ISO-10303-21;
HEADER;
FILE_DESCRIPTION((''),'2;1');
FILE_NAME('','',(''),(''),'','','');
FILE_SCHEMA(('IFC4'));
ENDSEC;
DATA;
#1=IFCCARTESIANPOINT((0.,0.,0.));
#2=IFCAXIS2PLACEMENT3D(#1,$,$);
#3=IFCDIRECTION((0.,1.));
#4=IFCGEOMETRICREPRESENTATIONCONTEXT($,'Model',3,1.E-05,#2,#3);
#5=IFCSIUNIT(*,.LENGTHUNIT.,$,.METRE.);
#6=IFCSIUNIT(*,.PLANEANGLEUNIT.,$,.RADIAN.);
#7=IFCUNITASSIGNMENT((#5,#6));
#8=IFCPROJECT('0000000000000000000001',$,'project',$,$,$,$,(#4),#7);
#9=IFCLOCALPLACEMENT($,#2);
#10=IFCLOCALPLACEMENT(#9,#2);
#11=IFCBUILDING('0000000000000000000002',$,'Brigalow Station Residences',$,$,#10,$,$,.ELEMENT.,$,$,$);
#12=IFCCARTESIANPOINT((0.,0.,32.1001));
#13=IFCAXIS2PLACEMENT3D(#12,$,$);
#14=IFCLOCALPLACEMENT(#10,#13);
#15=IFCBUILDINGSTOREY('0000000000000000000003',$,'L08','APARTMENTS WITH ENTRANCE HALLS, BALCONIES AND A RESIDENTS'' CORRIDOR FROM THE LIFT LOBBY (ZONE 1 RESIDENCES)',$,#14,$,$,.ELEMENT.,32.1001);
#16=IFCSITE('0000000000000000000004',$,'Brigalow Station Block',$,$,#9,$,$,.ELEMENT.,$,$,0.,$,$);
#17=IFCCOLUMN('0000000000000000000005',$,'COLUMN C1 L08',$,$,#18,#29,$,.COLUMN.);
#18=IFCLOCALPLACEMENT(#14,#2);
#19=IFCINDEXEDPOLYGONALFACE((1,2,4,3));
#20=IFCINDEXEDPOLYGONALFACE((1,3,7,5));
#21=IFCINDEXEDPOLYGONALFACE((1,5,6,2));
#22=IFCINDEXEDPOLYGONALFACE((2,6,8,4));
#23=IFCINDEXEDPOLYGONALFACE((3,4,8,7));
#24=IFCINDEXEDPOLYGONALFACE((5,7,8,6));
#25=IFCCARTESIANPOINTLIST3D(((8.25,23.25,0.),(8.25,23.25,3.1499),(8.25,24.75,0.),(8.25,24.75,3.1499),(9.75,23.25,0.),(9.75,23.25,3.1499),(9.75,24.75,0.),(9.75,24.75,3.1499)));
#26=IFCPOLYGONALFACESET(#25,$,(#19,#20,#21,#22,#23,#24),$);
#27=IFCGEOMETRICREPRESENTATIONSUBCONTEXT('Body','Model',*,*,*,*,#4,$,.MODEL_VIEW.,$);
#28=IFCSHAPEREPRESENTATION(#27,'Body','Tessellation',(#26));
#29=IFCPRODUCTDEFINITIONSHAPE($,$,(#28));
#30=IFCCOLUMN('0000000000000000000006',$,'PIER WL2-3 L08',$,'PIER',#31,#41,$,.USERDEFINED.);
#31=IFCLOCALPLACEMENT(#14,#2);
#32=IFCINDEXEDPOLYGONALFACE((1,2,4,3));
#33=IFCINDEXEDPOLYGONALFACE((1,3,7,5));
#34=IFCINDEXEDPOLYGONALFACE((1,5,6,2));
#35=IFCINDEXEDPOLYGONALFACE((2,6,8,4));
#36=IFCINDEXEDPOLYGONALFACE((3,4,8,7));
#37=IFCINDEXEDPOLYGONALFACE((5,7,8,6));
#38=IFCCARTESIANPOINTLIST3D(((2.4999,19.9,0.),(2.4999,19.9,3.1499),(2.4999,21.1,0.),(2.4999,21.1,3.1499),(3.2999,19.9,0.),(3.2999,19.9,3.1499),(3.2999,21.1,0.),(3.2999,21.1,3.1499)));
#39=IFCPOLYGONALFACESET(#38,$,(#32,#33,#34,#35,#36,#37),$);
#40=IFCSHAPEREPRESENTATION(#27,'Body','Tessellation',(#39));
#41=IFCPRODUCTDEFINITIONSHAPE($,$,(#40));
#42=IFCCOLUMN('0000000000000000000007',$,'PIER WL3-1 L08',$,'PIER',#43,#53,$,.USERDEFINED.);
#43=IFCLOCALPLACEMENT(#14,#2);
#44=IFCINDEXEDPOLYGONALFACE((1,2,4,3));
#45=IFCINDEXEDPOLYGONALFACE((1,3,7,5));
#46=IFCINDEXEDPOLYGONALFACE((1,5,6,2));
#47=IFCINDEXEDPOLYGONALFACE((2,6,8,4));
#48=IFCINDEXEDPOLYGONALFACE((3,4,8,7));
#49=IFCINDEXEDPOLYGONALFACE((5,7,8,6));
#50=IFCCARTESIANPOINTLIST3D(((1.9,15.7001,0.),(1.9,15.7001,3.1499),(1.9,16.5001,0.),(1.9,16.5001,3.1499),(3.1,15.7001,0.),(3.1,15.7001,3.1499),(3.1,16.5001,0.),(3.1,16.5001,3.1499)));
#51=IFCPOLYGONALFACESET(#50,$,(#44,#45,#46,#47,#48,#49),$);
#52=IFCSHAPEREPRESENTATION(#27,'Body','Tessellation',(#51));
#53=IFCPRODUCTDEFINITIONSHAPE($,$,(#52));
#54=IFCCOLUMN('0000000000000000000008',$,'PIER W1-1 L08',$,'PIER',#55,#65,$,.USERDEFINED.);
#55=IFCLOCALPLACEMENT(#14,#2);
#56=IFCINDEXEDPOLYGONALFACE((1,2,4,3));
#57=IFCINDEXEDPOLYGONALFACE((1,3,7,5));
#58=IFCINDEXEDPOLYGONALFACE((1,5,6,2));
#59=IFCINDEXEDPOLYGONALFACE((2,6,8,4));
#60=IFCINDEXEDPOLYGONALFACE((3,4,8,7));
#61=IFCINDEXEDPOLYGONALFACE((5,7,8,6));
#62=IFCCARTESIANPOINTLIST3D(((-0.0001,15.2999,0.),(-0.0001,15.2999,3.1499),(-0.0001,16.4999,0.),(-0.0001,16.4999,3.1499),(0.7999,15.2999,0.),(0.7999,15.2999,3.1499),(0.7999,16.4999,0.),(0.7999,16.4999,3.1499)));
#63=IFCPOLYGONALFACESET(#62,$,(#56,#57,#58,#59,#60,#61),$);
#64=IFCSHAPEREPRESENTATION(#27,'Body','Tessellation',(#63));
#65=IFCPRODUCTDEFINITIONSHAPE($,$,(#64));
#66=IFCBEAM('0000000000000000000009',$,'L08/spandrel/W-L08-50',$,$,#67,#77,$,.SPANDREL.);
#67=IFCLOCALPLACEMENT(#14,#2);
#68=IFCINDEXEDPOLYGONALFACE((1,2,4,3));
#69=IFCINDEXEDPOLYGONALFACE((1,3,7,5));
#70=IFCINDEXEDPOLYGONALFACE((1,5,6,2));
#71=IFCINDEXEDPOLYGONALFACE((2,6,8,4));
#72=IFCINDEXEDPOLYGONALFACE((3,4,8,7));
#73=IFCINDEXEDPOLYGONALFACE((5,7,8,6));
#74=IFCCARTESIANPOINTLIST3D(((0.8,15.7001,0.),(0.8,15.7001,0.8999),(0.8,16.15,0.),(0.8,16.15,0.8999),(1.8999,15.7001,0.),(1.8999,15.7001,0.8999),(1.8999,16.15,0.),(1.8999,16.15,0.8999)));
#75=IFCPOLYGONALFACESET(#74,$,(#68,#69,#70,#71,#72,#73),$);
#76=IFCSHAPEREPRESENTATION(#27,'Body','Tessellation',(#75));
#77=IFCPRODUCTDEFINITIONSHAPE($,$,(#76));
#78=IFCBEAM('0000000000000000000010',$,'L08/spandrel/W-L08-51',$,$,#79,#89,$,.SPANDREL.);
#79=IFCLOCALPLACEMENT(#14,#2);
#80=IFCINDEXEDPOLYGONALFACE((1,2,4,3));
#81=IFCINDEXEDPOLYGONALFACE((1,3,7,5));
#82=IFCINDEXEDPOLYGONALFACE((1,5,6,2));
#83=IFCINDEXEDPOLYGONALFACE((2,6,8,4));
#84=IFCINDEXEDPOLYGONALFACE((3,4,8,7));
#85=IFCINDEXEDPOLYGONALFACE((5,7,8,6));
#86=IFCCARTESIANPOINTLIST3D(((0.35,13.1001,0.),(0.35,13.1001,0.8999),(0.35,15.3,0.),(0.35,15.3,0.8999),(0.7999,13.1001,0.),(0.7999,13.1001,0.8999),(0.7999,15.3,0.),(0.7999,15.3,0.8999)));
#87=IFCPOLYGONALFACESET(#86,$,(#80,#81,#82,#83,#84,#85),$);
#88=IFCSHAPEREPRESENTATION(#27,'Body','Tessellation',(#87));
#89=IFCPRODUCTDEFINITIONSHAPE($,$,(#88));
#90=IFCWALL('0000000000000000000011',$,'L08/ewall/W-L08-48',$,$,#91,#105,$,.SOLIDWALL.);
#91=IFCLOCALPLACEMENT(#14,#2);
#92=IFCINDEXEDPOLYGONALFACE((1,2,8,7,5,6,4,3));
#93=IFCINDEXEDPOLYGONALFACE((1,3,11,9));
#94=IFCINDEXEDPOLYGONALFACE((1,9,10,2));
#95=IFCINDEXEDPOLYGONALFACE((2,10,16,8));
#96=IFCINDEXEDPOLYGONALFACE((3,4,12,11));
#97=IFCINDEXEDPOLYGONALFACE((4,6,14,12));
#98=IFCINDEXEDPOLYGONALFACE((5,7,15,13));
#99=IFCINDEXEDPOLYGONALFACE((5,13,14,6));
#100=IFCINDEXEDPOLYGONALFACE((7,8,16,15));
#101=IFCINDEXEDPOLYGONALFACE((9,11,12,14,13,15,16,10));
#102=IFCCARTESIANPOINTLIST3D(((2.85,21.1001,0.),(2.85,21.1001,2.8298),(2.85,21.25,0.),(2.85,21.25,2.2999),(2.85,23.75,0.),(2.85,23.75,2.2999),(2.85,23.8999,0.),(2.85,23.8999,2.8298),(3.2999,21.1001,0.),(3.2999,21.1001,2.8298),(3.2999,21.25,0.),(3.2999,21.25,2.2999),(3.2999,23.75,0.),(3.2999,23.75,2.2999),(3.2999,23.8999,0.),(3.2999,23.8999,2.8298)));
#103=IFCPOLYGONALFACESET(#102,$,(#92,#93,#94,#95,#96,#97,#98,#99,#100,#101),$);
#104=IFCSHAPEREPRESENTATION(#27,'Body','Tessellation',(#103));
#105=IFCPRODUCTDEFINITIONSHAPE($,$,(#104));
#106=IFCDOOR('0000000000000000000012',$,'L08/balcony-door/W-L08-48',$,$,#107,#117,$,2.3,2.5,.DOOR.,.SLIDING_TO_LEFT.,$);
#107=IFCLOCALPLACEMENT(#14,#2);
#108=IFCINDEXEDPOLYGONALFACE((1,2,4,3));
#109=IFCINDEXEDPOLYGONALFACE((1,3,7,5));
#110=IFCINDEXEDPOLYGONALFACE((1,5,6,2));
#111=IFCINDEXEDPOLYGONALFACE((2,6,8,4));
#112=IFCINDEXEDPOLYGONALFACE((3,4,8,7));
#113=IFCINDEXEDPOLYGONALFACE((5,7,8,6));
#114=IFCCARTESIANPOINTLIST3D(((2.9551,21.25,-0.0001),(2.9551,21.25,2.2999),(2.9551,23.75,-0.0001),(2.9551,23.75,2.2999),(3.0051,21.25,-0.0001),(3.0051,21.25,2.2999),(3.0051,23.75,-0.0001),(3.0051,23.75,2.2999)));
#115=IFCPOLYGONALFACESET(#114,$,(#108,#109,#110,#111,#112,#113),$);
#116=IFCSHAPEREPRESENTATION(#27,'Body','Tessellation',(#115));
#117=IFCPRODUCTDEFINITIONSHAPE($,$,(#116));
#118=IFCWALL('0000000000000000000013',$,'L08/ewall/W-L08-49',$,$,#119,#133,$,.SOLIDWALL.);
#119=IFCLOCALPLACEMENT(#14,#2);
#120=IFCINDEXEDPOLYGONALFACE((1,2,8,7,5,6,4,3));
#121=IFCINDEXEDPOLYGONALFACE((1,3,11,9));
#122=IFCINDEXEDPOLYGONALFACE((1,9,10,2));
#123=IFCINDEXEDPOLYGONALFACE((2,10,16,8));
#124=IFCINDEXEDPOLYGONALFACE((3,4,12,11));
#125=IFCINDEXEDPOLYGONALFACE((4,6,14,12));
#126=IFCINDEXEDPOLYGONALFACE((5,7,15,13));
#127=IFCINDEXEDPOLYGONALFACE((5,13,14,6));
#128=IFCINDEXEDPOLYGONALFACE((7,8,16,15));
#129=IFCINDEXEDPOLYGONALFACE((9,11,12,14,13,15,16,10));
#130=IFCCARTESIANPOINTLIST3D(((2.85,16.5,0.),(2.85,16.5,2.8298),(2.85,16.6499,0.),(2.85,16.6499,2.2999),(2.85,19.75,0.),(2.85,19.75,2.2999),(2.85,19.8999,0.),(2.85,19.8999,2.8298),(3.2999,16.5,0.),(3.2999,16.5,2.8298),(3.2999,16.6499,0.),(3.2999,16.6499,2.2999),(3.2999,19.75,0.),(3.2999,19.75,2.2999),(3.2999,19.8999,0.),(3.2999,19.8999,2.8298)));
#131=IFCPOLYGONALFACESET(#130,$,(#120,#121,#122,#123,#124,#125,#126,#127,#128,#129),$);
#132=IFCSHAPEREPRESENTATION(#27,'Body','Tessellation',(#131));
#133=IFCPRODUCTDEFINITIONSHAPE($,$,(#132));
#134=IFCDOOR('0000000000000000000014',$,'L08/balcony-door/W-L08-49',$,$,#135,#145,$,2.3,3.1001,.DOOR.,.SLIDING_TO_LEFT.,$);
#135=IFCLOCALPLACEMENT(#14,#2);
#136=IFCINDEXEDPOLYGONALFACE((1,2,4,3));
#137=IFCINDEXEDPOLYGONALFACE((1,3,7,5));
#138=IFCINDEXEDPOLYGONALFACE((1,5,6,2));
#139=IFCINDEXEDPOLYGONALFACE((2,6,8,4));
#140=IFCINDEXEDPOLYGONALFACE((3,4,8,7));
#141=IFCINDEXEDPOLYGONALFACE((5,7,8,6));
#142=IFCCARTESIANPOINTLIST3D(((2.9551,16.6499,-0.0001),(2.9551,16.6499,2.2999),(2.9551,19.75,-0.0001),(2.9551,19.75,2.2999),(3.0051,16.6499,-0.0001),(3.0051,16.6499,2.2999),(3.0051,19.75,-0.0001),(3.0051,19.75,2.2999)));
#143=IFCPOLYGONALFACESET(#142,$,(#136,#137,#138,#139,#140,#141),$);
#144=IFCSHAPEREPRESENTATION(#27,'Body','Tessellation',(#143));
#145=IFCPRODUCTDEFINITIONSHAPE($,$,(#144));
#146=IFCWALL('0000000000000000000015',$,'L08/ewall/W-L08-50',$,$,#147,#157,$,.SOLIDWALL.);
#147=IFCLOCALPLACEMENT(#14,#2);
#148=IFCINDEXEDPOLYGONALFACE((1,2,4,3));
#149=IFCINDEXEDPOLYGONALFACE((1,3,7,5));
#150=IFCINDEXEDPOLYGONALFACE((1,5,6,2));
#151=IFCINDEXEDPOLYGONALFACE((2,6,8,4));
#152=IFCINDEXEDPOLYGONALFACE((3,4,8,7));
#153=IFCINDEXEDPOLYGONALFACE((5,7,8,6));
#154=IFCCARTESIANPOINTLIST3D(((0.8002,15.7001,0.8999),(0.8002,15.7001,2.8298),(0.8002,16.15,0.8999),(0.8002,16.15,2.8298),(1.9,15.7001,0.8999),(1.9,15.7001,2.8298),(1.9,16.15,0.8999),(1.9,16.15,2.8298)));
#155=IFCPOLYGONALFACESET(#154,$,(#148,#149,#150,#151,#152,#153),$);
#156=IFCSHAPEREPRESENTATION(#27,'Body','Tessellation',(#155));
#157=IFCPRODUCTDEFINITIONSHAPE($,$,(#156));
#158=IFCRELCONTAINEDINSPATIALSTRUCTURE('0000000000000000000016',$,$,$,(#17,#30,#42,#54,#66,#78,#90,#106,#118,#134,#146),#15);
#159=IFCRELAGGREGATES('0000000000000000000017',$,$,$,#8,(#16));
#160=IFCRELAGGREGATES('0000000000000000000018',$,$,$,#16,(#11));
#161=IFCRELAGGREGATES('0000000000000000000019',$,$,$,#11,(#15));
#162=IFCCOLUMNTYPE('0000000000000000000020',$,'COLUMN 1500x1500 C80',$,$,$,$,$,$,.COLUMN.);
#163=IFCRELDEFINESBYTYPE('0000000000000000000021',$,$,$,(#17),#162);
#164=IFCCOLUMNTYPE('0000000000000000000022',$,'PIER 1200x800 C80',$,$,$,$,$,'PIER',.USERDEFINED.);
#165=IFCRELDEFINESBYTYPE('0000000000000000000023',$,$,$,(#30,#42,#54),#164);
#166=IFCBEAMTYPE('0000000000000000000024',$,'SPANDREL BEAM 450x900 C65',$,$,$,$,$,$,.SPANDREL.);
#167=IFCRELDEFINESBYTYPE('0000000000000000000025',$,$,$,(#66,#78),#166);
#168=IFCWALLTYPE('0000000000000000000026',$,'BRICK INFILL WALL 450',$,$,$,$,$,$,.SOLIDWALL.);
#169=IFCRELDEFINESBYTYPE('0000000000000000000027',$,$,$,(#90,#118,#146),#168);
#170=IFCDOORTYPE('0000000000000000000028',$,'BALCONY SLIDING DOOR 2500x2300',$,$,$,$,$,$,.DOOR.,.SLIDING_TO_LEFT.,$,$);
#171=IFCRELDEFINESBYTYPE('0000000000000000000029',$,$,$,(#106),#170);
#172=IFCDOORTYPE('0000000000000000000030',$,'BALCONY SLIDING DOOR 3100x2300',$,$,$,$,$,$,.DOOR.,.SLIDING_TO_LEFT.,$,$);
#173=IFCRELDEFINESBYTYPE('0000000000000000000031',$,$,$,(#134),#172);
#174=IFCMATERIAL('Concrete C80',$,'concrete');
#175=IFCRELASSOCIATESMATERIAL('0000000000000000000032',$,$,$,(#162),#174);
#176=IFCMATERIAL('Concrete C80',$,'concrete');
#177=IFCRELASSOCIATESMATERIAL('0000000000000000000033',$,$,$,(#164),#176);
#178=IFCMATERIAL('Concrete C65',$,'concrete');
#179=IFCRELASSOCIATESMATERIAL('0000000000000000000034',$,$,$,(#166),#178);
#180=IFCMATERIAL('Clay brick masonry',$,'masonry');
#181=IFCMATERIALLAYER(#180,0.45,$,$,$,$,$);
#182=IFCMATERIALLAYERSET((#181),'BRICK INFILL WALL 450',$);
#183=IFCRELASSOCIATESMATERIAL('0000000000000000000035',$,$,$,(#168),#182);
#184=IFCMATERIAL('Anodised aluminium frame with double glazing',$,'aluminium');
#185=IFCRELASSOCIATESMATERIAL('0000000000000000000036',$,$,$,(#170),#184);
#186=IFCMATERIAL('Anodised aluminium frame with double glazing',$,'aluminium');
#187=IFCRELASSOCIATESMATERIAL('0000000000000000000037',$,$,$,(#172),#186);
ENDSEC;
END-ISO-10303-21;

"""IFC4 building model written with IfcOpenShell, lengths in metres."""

from ifc_helpers import new_model, si_unit, direction, frame, frame_2d, origin, origin_2d, place, context, subcontext, project, spatial, rectangle, extrude, material, layer, layer_set, material_profile, profile_set, type_object, element, fill, save


model = new_model("IFC4")

# Units and contexts
model_context = context("Model", 3, precision=1e-05, world=origin(), true_north=direction((0.0, 1.0)))
body_context = subcontext(model_context, "Body", "Model", "MODEL_VIEW")
ifc_project = project(units=[si_unit("LENGTHUNIT", "METRE"), si_unit("PLANEANGLEUNIT", "RADIAN")], contexts=[model_context])

# Site, building, storey
site_placement = place(None, origin())
site = spatial("IfcSite", under=ifc_project, at=site_placement, Name="Brigalow Station Block", CompositionType="ELEMENT", RefElevation=0.0)
building_placement = place(site_placement, origin())
building = spatial("IfcBuilding", under=site, at=building_placement, Name="Brigalow Station Residences", CompositionType="ELEMENT")
storey_placement = place(building_placement, frame((0.0, 0.0, 32.1001)))
storey = spatial("IfcBuildingStorey", under=building, at=storey_placement, Name="L08", Description="APARTMENTS WITH ENTRANCE HALLS, BALCONIES AND A RESIDENTS' CORRIDOR FROM THE LIFT LOBBY (ZONE 1 RESIDENCES)", CompositionType="ELEMENT", Elevation=32.1001)

# Columns
ifc_material_1 = material(Name="Concrete C80", Category="concrete")
ifc_material_profile_1 = material_profile(ifc_material_1, rectangle(XDim=1.5, YDim=1.5, at=origin_2d()), Name="RC1500x1500")
ifc_profile_set_1 = profile_set([ifc_material_profile_1], Name="Concrete C80")
column_type_1 = type_object("IfcColumnType", Name="COLUMN 1500x1500 C80", PredefinedType="COLUMN", material=ifc_profile_set_1)
column_placement = place(storey_placement, frame((9.0, 24.0, 0.0), z_axis=(0.0, 0.0, 1.0), x_axis=(1.0, 0.0, 0.0)))
element("IfcColumn", 1, at=column_placement, inside=storey, type_object=column_type_1, Name="COLUMN C1 L08", PredefinedType="COLUMN", context=body_context, shape_type="SweptSolid", body=[
    extrude(rectangle(XDim=1.5, YDim=1.5, at=origin_2d()), origin(), (0.0, 0.0, 1.0), 3.1499),
])
ifc_material_2 = material(Name="Concrete C80", Category="concrete")
ifc_material_profile_2 = material_profile(ifc_material_2, rectangle(XDim=1.2, YDim=0.8, at=origin_2d()), Name="RC1200x800")
ifc_profile_set_2 = profile_set([ifc_material_profile_2], Name="Concrete C80")
column_type_2 = type_object("IfcColumnType", Name="PIER 1200x800 C80", ElementType="PIER", PredefinedType="USERDEFINED", material=ifc_profile_set_2)
for number, where, z_axis, x_axis, name in (
    (2, (2.8999, 20.5, 0.0), (0.0, 0.0, 1.0), (0.0, -1.0, 0.0), "PIER WL2-3 L08"),
    (3, (2.5, 16.1001, 0.0), (0.0, 0.0, 1.0), (-1.0, 0.0, 0.0), "PIER WL3-1 L08"),
    (4, (0.3999, 15.8999, 0.0), (0.0, 0.0, 1.0), (0.0, -1.0, 0.0), "PIER W1-1 L08"),
):
    element("IfcColumn", number, at=place(storey_placement, frame(where, z_axis=z_axis, x_axis=x_axis)), inside=storey, type_object=column_type_2, Name=name, ObjectType="PIER", PredefinedType="USERDEFINED", context=body_context, shape_type="SweptSolid", body=[
        extrude(rectangle(XDim=1.2, YDim=0.8, at=origin_2d()), origin(), (0.0, 0.0, 1.0), 3.1499),
    ])

# Beams
ifc_material_3 = material(Name="Concrete C65", Category="concrete")
ifc_material_profile_3 = material_profile(ifc_material_3, rectangle(XDim=0.45, YDim=0.8999, at=origin_2d()), Name="RC450x900")
ifc_profile_set_3 = profile_set([ifc_material_profile_3], Name="Concrete C65")
beam_type = type_object("IfcBeamType", Name="SPANDREL BEAM 450x900 C65", PredefinedType="SPANDREL", material=ifc_profile_set_3)
beam_1_placement = place(storey_placement, frame((1.8999, 15.925, 0.45), z_axis=(-1.0, 0.0, 0.0), x_axis=(0.0, -1.0, 0.0)))
element("IfcBeam", 5, at=beam_1_placement, inside=storey, type_object=beam_type, Name="L08/spandrel/W-L08-50", PredefinedType="SPANDREL", context=body_context, shape_type="SweptSolid", body=[
    extrude(rectangle(XDim=0.45, YDim=0.8999, at=origin_2d()), origin(), (0.0, 0.0, 1.0), 1.0999),
])
beam_2_placement = place(storey_placement, frame((0.575, 15.3, 0.45), z_axis=(0.0, -1.0, 0.0), x_axis=(1.0, 0.0, 0.0)))
element("IfcBeam", 6, at=beam_2_placement, inside=storey, type_object=beam_type, Name="L08/spandrel/W-L08-51", PredefinedType="SPANDREL", context=body_context, shape_type="SweptSolid", body=[
    extrude(rectangle(XDim=0.45, YDim=0.8999, at=origin_2d()), origin(), (0.0, 0.0, 1.0), 2.2),
])

# Walls, openings, doors
ifc_material_4 = material(Name="Clay brick masonry", Category="masonry")
ifc_layer_1 = layer(ifc_material_4, 0.45)
ifc_layer_set_1 = layer_set([ifc_layer_1], Name="BRICK INFILL WALL 450")
wall_type_1 = type_object("IfcWallType", Name="BRICK INFILL WALL 450", PredefinedType="SOLIDWALL", material=ifc_layer_set_1)
wall_1_placement = place(storey_placement, frame((3.075, 23.8999, 0.0), z_axis=(0.0, 0.0, 1.0), x_axis=(0.0, -1.0, 0.0)))
wall_1 = element("IfcWall", 7, at=wall_1_placement, inside=storey, type_object=wall_type_1, Name="L08/ewall/W-L08-48", PredefinedType="SOLIDWALL", context=body_context, shape_type="SweptSolid", body=[
    extrude(rectangle(XDim=2.7998, YDim=0.45, at=frame_2d((1.3999, 0.0))), origin(), (0.0, 0.0, 1.0), 2.8298),
])
opening_1_placement = place(wall_1_placement, frame((0.1499, 0.0, 0.0)))
opening_1 = element("IfcOpeningElement", 8, at=opening_1_placement, cuts=wall_1, PredefinedType="OPENING", context=body_context, shape_type="SweptSolid", body=[
    extrude(rectangle(XDim=2.5, YDim=2.3, at=frame_2d((1.25, 1.1499))), frame((0.0, 0.2349, 0.0), z_axis=(0.0, -1.0, 0.0), x_axis=(1.0, 0.0, 0.0)), (0.0, 0.0, 1.0), 0.47),
])
ifc_material_5 = material(Name="Anodised aluminium frame with double glazing", Category="aluminium")
door_type_1 = type_object("IfcDoorType", Name="BALCONY SLIDING DOOR 2500x2300", OperationType="SLIDING_TO_LEFT", PredefinedType="DOOR", material=ifc_material_5)
door_1_placement = place(opening_1_placement, origin())
door_1 = element("IfcDoor", 9, at=door_1_placement, inside=storey, type_object=door_type_1, Name="L08/balcony-door/W-L08-48", OperationType="SLIDING_TO_LEFT", OverallHeight=2.3, OverallWidth=2.5, PredefinedType="DOOR", context=body_context, shape_type="SweptSolid", body=[
    extrude(rectangle(XDim=2.5, YDim=2.3, at=frame_2d((1.25, 1.1499))), frame((0.0, -0.0698, 0.0), z_axis=(0.0, -1.0, 0.0), x_axis=(1.0, 0.0, 0.0)), (0.0, 0.0, 1.0), 0.05),
])
fill(opening_1, door_1)
wall_2_placement = place(storey_placement, frame((3.075, 19.8999, 0.0), z_axis=(0.0, 0.0, 1.0), x_axis=(0.0, -1.0, 0.0)))
wall_2 = element("IfcWall", 10, at=wall_2_placement, inside=storey, type_object=wall_type_1, Name="L08/ewall/W-L08-49", PredefinedType="SOLIDWALL", context=body_context, shape_type="SweptSolid", body=[
    extrude(rectangle(XDim=3.3999, YDim=0.45, at=frame_2d((1.7, 0.0))), origin(), (0.0, 0.0, 1.0), 2.8298),
])
opening_2_placement = place(wall_2_placement, frame((0.1499, 0.0, 0.0)))
opening_2 = element("IfcOpeningElement", 11, at=opening_2_placement, cuts=wall_2, PredefinedType="OPENING", context=body_context, shape_type="SweptSolid", body=[
    extrude(rectangle(XDim=3.1001, YDim=2.3, at=frame_2d((1.55, 1.1499))), frame((0.0, 0.2349, 0.0), z_axis=(0.0, -1.0, 0.0), x_axis=(1.0, 0.0, 0.0)), (0.0, 0.0, 1.0), 0.47),
])
ifc_material_6 = material(Name="Anodised aluminium frame with double glazing", Category="aluminium")
door_type_2 = type_object("IfcDoorType", Name="BALCONY SLIDING DOOR 3100x2300", OperationType="SLIDING_TO_LEFT", PredefinedType="DOOR", material=ifc_material_6)
door_2_placement = place(opening_2_placement, origin())
door_2 = element("IfcDoor", 12, at=door_2_placement, inside=storey, type_object=door_type_2, Name="L08/balcony-door/W-L08-49", OperationType="SLIDING_TO_LEFT", OverallHeight=2.3, OverallWidth=3.1001, PredefinedType="DOOR", context=body_context, shape_type="SweptSolid", body=[
    extrude(rectangle(XDim=3.1001, YDim=2.3, at=frame_2d((1.55, 1.1499))), frame((0.0, -0.0698, 0.0), z_axis=(0.0, -1.0, 0.0), x_axis=(1.0, 0.0, 0.0)), (0.0, 0.0, 1.0), 0.05),
])
fill(opening_2, door_2)

# Wall
wall_3_placement = place(storey_placement, frame((1.8999, 15.925, 0.8999), z_axis=(0.0, 0.0, 1.0), x_axis=(-1.0, 0.0, 0.0)))
element("IfcWall", 13, at=wall_3_placement, inside=storey, type_object=wall_type_1, Name="L08/ewall/W-L08-50", PredefinedType="SOLIDWALL", context=body_context, shape_type="SweptSolid", body=[
    extrude(rectangle(XDim=1.0999, YDim=0.45, at=frame_2d((0.5498, 0.0))), origin(), (0.0, 0.0, 1.0), 1.9299),
])

save(model, "model.ifc")
